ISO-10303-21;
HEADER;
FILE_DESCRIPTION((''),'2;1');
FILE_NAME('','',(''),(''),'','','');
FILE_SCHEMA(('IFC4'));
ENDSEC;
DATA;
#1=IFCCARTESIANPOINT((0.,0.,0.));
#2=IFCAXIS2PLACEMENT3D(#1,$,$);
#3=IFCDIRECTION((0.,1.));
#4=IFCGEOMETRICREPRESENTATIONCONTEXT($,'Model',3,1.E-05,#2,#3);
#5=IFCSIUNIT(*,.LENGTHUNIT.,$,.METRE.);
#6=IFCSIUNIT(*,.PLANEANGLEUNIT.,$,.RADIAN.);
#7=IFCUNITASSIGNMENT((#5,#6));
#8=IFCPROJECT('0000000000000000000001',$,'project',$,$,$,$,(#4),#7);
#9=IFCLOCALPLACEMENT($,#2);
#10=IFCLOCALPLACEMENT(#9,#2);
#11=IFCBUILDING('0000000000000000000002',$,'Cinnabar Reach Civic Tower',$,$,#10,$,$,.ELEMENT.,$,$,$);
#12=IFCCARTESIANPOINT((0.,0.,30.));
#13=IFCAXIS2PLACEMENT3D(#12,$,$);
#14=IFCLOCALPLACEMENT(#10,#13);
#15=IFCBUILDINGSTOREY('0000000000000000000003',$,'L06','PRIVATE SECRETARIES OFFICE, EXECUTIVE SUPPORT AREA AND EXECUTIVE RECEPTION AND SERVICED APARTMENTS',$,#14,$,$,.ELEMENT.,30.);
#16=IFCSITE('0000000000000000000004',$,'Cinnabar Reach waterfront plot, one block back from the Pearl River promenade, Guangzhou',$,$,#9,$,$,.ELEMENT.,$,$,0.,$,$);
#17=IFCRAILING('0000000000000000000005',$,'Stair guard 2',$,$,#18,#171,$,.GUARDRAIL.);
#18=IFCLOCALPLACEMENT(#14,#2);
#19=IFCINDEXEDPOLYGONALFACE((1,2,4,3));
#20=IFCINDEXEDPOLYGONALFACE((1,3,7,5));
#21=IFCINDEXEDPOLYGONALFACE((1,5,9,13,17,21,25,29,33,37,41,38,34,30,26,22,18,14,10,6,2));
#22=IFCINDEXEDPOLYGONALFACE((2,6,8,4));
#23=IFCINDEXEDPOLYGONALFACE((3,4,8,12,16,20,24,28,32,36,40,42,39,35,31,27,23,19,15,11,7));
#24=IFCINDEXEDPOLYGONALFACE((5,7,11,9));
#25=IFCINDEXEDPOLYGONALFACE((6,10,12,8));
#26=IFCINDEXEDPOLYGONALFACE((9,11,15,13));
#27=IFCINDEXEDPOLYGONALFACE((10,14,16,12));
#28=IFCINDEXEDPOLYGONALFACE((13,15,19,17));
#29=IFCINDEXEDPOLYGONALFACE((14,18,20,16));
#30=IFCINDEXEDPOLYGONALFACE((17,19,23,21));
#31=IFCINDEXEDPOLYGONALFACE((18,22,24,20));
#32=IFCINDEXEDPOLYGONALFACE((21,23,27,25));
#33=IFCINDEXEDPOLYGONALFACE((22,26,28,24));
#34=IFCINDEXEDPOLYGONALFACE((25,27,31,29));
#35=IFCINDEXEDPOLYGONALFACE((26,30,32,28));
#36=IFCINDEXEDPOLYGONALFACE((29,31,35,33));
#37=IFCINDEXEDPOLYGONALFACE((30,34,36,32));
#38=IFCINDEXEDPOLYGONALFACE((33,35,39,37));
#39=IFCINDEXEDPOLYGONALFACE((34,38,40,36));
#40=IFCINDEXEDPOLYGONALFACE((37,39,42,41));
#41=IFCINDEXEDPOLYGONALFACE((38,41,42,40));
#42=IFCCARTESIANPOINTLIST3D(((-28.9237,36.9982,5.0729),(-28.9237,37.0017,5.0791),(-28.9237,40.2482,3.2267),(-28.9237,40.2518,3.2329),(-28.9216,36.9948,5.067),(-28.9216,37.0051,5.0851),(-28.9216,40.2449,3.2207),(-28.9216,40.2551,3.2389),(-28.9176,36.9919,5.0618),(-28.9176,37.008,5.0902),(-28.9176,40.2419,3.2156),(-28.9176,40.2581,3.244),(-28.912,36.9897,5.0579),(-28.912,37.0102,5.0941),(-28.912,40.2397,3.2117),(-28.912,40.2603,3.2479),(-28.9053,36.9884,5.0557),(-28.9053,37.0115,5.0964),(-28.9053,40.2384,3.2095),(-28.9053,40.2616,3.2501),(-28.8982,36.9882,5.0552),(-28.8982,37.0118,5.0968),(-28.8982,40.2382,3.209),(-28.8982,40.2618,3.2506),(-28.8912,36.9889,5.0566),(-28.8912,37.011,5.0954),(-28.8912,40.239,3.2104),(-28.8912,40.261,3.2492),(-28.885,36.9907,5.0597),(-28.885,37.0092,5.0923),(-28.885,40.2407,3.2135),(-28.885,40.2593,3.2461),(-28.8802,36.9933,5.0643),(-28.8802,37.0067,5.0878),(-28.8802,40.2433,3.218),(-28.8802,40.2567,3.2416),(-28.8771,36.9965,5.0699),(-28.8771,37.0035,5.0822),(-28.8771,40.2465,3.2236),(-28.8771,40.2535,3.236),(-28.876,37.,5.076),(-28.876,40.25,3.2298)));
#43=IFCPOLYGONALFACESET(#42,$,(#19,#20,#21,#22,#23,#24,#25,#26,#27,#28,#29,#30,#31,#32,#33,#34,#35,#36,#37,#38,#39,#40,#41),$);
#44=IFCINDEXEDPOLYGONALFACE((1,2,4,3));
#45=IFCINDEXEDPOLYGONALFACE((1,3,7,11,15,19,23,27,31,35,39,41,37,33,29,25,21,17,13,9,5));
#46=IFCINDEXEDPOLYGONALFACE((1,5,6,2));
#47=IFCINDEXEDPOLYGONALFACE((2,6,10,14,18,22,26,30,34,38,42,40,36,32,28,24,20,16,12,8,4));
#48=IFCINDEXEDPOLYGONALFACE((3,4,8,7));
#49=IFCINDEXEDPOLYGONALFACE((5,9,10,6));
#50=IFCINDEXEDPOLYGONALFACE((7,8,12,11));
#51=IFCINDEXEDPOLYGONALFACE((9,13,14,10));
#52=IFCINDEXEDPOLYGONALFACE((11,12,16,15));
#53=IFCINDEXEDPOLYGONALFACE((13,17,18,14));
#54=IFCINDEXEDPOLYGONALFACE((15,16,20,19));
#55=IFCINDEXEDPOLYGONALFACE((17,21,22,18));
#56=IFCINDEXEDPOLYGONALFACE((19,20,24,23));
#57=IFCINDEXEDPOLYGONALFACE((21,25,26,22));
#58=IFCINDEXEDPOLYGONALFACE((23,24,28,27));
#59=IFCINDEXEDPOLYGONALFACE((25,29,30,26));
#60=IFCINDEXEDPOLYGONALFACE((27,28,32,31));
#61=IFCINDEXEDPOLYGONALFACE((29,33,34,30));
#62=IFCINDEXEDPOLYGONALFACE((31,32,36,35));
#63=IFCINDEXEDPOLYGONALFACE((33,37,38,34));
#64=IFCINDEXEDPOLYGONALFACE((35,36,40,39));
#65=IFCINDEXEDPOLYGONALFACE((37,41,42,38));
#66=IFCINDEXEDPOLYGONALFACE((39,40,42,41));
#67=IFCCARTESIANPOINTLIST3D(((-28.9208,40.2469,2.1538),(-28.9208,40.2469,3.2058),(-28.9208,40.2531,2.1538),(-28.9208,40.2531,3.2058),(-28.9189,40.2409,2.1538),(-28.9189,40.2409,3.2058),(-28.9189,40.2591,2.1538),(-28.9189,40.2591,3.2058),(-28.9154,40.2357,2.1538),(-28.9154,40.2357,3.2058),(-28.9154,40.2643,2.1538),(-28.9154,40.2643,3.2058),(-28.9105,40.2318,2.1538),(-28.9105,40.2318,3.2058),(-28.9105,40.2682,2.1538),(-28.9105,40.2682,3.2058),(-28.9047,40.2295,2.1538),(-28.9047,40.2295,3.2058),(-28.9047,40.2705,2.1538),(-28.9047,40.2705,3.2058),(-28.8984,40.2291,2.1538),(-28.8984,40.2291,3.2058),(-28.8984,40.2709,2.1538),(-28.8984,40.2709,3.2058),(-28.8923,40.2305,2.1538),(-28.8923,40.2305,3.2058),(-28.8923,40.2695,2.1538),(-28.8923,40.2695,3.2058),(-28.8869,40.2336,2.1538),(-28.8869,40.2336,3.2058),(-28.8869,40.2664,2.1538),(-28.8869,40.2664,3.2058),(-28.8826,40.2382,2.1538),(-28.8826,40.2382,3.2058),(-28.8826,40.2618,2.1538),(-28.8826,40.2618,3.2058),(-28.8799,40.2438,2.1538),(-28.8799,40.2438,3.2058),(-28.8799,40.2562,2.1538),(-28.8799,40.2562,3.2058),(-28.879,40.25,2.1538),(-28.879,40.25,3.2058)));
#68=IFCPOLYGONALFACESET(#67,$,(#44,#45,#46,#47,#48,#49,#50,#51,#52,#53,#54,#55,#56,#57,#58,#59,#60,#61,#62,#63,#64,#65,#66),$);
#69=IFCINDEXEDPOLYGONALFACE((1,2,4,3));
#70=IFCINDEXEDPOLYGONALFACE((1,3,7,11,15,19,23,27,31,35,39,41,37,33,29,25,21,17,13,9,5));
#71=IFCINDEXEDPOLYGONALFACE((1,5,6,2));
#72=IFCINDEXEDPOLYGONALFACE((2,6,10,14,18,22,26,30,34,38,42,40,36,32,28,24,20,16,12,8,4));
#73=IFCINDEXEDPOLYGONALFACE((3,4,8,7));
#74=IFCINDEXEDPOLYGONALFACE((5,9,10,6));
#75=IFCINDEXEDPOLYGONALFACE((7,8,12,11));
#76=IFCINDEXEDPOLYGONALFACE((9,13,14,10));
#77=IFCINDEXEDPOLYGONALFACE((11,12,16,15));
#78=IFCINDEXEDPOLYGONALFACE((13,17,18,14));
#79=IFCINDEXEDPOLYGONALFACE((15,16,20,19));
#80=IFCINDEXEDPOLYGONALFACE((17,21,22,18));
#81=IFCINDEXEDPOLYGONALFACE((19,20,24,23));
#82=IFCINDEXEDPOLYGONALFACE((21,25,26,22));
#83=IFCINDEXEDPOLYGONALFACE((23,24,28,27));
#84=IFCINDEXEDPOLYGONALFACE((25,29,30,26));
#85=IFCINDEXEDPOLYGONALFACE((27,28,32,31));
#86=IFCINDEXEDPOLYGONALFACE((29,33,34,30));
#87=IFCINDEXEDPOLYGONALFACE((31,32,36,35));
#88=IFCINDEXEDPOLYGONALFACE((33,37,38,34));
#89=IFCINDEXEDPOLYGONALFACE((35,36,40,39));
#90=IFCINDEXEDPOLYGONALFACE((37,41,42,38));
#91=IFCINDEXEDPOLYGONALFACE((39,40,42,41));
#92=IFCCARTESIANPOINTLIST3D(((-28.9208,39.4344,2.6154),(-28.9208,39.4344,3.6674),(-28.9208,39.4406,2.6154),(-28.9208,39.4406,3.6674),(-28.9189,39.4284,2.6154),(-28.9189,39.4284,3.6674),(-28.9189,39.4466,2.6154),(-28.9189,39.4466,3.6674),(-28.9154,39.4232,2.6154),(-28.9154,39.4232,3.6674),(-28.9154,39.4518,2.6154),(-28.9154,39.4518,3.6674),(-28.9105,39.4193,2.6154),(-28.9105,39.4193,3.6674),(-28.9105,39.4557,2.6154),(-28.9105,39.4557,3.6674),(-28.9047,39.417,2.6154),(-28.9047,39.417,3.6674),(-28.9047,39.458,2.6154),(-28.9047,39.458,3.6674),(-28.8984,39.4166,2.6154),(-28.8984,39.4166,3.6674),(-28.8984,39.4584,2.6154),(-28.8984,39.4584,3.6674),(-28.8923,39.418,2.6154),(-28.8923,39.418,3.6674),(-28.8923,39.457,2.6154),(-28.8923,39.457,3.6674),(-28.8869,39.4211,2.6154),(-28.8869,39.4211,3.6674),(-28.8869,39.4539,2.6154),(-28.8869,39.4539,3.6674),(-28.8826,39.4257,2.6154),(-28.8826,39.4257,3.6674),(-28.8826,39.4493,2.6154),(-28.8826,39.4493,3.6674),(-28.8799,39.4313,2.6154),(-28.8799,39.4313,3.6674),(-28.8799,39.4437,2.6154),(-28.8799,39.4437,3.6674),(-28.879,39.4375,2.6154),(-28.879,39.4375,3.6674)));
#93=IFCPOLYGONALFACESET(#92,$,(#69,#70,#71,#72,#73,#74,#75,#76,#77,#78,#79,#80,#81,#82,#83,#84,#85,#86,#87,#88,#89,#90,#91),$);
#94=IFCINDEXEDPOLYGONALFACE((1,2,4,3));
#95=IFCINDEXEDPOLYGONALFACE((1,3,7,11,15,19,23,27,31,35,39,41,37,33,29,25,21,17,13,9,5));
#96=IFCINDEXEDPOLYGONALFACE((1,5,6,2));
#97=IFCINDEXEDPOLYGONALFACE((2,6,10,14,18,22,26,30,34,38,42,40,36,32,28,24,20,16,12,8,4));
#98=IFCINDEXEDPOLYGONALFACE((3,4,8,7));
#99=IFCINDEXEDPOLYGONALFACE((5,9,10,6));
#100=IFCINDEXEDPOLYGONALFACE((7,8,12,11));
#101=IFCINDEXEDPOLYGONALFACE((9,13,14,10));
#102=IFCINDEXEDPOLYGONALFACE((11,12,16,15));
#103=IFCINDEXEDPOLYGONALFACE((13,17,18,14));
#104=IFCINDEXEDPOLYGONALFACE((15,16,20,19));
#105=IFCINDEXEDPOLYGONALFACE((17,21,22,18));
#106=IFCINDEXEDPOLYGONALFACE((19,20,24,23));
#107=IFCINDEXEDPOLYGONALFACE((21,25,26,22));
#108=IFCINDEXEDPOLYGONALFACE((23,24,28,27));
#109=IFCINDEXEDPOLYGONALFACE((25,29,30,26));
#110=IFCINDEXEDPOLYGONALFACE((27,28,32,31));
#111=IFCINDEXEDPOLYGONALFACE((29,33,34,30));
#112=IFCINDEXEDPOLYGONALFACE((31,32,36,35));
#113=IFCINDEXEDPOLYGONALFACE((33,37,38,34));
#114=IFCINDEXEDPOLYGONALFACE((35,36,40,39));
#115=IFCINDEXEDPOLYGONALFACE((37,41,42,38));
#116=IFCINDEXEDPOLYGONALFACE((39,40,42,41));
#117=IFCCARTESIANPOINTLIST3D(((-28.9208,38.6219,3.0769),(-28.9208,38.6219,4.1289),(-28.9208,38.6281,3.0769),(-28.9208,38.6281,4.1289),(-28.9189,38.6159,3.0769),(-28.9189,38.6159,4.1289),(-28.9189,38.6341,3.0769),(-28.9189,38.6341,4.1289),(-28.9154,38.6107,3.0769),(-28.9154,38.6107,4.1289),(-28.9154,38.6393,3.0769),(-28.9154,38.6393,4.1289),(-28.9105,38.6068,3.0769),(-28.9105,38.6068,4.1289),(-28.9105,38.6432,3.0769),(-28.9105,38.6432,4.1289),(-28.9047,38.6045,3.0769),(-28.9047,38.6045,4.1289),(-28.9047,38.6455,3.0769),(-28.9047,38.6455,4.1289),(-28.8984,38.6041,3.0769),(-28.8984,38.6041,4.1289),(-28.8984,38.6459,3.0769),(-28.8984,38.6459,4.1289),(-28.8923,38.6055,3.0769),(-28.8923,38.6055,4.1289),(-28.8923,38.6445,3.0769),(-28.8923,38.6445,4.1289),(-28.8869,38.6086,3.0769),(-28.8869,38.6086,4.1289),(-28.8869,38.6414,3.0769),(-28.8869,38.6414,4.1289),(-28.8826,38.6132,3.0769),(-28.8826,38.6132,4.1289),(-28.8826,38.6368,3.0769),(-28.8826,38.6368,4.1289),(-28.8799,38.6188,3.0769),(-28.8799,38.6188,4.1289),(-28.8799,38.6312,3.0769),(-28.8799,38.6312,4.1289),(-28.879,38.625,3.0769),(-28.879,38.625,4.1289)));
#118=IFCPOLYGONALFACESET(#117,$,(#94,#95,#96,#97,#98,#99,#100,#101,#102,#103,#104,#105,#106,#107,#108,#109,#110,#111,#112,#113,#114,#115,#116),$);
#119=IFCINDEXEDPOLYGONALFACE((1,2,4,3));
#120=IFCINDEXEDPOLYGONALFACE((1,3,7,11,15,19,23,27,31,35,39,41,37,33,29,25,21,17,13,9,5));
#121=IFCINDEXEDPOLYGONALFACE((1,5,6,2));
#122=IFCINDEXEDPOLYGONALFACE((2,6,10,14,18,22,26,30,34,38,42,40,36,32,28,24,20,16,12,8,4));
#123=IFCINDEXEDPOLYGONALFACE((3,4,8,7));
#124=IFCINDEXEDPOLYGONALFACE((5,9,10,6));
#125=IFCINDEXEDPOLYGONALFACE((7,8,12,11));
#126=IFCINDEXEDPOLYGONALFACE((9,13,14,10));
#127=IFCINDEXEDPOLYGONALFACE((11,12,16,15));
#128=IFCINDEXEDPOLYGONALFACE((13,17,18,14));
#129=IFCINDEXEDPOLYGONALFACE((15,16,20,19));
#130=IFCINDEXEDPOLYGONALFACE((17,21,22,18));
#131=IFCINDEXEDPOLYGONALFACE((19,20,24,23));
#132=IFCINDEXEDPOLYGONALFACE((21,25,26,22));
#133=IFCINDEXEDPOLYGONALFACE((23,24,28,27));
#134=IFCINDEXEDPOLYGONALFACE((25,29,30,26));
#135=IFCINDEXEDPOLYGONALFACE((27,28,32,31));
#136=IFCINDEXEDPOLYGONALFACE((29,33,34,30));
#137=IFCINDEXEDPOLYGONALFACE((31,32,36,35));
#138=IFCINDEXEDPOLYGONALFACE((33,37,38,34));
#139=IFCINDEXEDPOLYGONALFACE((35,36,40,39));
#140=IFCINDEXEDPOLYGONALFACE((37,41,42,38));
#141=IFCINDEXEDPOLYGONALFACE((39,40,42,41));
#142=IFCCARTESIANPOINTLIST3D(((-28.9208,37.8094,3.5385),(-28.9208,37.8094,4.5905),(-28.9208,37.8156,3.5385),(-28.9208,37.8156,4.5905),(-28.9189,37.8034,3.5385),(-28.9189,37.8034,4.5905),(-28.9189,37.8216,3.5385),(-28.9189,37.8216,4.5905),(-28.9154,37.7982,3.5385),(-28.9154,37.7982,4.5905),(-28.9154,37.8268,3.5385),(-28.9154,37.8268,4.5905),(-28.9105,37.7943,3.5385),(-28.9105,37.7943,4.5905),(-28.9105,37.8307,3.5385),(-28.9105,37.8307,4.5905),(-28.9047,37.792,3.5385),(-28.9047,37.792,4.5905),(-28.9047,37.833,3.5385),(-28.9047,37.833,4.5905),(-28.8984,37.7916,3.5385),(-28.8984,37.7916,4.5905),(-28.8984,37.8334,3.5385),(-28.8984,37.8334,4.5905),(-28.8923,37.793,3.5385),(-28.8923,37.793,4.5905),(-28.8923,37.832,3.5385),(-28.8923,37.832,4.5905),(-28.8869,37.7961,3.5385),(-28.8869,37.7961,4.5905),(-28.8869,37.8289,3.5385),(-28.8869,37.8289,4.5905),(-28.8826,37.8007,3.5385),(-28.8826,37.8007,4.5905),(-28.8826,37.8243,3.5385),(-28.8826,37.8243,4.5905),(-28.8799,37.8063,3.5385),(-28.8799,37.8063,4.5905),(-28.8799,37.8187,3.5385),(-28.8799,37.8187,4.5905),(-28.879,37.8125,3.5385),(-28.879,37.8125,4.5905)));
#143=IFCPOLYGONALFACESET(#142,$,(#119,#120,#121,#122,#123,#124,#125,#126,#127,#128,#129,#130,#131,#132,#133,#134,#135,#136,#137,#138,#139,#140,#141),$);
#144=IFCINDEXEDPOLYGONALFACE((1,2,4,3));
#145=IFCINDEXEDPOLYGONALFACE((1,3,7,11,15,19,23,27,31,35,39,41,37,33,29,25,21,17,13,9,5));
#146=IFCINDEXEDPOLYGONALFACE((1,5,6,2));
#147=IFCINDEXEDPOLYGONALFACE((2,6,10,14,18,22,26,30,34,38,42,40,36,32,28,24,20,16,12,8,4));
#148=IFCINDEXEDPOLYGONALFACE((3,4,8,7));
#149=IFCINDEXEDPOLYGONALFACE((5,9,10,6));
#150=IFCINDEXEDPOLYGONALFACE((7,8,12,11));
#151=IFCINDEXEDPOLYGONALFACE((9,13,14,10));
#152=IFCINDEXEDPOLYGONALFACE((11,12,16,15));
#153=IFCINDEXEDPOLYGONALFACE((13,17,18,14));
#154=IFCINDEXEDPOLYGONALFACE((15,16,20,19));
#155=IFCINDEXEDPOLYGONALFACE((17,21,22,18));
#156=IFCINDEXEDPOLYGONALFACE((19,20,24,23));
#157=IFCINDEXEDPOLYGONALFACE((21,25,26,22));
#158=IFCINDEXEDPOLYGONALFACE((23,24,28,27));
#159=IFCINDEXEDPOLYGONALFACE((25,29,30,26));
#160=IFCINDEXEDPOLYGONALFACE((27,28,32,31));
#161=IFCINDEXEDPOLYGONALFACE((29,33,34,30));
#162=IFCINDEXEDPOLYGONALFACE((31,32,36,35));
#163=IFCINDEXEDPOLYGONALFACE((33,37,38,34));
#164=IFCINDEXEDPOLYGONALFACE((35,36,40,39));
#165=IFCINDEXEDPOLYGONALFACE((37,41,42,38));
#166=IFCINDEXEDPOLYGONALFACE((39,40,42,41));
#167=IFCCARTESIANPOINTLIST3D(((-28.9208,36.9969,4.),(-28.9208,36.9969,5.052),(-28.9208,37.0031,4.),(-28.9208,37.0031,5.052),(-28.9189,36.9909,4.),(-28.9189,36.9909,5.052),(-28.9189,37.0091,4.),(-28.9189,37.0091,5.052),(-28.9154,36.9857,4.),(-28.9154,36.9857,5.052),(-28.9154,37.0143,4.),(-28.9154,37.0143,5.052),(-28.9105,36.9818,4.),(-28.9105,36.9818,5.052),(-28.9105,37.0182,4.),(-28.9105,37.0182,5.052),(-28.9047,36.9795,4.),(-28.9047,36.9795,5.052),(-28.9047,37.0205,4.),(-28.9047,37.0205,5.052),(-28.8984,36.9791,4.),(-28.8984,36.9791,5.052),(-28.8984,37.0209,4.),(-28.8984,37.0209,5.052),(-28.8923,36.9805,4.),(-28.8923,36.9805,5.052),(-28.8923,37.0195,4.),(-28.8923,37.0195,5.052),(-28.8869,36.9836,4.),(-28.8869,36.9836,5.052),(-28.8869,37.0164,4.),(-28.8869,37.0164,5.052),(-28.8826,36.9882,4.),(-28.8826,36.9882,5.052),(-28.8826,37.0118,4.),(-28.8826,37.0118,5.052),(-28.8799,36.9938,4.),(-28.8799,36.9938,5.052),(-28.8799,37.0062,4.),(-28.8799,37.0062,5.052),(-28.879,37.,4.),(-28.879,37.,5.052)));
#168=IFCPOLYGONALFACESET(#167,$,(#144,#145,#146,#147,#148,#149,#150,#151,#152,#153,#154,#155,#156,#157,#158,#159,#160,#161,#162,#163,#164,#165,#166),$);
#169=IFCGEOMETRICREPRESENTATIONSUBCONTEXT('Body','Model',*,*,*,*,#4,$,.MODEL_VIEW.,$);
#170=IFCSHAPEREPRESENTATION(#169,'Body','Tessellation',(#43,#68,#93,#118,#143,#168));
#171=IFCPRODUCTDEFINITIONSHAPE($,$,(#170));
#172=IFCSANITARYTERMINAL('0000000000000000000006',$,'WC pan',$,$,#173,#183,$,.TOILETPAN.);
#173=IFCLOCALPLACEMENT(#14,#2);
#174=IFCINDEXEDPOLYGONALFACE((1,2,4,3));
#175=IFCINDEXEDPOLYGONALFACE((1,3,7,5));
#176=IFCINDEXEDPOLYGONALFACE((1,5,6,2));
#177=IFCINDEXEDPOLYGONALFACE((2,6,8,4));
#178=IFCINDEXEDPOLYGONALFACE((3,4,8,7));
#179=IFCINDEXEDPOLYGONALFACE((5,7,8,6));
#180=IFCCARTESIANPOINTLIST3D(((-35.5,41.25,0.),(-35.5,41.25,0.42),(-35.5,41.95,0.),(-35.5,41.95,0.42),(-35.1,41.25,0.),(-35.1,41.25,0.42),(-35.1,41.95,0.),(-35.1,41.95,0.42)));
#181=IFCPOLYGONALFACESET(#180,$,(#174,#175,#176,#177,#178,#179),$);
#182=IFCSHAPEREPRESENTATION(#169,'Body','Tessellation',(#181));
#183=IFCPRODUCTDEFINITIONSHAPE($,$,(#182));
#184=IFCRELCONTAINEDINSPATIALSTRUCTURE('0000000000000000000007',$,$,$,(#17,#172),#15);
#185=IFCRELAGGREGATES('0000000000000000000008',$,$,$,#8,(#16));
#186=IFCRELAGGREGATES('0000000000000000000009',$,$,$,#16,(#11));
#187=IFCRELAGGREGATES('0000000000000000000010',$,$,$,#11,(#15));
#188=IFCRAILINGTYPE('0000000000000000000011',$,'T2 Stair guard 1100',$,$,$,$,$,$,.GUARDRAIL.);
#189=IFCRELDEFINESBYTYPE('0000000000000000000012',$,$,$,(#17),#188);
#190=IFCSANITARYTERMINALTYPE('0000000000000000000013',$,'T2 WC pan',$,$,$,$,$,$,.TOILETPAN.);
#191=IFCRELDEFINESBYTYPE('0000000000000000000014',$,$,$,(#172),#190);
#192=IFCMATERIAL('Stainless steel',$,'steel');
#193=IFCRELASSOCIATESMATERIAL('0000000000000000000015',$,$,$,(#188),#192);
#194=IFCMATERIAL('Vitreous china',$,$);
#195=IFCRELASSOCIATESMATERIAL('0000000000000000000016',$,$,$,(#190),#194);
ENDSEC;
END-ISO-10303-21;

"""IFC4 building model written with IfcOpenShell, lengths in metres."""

from ifc_helpers import new_model, si_unit, direction, frame, origin, origin_2d, place, context, subcontext, project, spatial, rectangle, circle, extrude, material, type_object, element, save


model = new_model("IFC4")

# Units and contexts
model_context = context("Model", 3, precision=1e-05, world=origin(), true_north=direction((0.0, 1.0)))
body_context = subcontext(model_context, "Body", "Model", "MODEL_VIEW")
ifc_project = project(units=[si_unit("LENGTHUNIT", "METRE"), si_unit("PLANEANGLEUNIT", "RADIAN")], contexts=[model_context])

# Site, building, storey
site_placement = place(None, origin())
site = spatial("IfcSite", under=ifc_project, at=site_placement, Name="Cinnabar Reach waterfront plot, one block back from the Pearl River promenade, Guangzhou", CompositionType="ELEMENT", RefElevation=0.0)
building_placement = place(site_placement, origin())
building = spatial("IfcBuilding", under=site, at=building_placement, Name="Cinnabar Reach Civic Tower", CompositionType="ELEMENT")
storey_placement = place(building_placement, frame((0.0, 0.0, 30.0)))
storey = spatial("IfcBuildingStorey", under=building, at=storey_placement, Name="L06", Description="PRIVATE SECRETARIES OFFICE, EXECUTIVE SUPPORT AREA AND EXECUTIVE RECEPTION AND SERVICED APARTMENTS", CompositionType="ELEMENT", Elevation=30.0)

# Railing
ifc_material_1 = material(Name="Stainless steel", Category="steel")
railing_type = type_object("IfcRailingType", Name="T2 Stair guard 1100", PredefinedType="GUARDRAIL", material=ifc_material_1)
railing_1_placement = place(storey_placement, frame((-28.9, 40.25, 2.1538)))
element("IfcRailing", 1, at=railing_1_placement, inside=storey, type_object=railing_type, Name="Stair guard 2", PredefinedType="GUARDRAIL", context=body_context, shape_type="SweptSolid", body=[
    extrude(circle(Radius=0.024, at=origin_2d()), frame((0.0, 0.0, 1.076), z_axis=(0.0, -0.869501, 0.49393), x_axis=(1.0, 0.0, 0.0)), (0.0, 0.0, 1.0), 3.7378),
    extrude(circle(Radius=0.021, at=origin_2d()), origin(), (0.0, 0.0, 1.0), 1.052),
    extrude(circle(Radius=0.021, at=origin_2d()), frame((0.0, -0.8125, 0.4616)), (0.0, 0.0, 1.0), 1.052),
    extrude(circle(Radius=0.021, at=origin_2d()), frame((0.0, -1.625, 0.9231)), (0.0, 0.0, 1.0), 1.052),
    extrude(circle(Radius=0.021, at=origin_2d()), frame((0.0, -2.4375, 1.3847)), (0.0, 0.0, 1.0), 1.052),
    extrude(circle(Radius=0.021, at=origin_2d()), frame((0.0, -3.25, 1.8462)), (0.0, 0.0, 1.0), 1.052),
])

# Sanitary terminal
ifc_material_2 = material(Name="Vitreous china")
sanitary_terminal_type = type_object("IfcSanitaryTerminalType", Name="T2 WC pan", PredefinedType="TOILETPAN", material=ifc_material_2)
sanitary_terminal_placement = place(storey_placement, frame((-35.3, 41.6, 0.0), z_axis=(0.0, 0.0, 1.0), x_axis=(1.0, 0.0, 0.0)))
element("IfcSanitaryTerminal", 2, at=sanitary_terminal_placement, inside=storey, type_object=sanitary_terminal_type, Name="WC pan", PredefinedType="TOILETPAN", context=body_context, shape_type="SweptSolid", body=[
    extrude(rectangle(XDim=0.4, YDim=0.7, at=origin_2d()), origin(), (0.0, 0.0, 1.0), 0.42),
])

save(model, "model.ifc")
